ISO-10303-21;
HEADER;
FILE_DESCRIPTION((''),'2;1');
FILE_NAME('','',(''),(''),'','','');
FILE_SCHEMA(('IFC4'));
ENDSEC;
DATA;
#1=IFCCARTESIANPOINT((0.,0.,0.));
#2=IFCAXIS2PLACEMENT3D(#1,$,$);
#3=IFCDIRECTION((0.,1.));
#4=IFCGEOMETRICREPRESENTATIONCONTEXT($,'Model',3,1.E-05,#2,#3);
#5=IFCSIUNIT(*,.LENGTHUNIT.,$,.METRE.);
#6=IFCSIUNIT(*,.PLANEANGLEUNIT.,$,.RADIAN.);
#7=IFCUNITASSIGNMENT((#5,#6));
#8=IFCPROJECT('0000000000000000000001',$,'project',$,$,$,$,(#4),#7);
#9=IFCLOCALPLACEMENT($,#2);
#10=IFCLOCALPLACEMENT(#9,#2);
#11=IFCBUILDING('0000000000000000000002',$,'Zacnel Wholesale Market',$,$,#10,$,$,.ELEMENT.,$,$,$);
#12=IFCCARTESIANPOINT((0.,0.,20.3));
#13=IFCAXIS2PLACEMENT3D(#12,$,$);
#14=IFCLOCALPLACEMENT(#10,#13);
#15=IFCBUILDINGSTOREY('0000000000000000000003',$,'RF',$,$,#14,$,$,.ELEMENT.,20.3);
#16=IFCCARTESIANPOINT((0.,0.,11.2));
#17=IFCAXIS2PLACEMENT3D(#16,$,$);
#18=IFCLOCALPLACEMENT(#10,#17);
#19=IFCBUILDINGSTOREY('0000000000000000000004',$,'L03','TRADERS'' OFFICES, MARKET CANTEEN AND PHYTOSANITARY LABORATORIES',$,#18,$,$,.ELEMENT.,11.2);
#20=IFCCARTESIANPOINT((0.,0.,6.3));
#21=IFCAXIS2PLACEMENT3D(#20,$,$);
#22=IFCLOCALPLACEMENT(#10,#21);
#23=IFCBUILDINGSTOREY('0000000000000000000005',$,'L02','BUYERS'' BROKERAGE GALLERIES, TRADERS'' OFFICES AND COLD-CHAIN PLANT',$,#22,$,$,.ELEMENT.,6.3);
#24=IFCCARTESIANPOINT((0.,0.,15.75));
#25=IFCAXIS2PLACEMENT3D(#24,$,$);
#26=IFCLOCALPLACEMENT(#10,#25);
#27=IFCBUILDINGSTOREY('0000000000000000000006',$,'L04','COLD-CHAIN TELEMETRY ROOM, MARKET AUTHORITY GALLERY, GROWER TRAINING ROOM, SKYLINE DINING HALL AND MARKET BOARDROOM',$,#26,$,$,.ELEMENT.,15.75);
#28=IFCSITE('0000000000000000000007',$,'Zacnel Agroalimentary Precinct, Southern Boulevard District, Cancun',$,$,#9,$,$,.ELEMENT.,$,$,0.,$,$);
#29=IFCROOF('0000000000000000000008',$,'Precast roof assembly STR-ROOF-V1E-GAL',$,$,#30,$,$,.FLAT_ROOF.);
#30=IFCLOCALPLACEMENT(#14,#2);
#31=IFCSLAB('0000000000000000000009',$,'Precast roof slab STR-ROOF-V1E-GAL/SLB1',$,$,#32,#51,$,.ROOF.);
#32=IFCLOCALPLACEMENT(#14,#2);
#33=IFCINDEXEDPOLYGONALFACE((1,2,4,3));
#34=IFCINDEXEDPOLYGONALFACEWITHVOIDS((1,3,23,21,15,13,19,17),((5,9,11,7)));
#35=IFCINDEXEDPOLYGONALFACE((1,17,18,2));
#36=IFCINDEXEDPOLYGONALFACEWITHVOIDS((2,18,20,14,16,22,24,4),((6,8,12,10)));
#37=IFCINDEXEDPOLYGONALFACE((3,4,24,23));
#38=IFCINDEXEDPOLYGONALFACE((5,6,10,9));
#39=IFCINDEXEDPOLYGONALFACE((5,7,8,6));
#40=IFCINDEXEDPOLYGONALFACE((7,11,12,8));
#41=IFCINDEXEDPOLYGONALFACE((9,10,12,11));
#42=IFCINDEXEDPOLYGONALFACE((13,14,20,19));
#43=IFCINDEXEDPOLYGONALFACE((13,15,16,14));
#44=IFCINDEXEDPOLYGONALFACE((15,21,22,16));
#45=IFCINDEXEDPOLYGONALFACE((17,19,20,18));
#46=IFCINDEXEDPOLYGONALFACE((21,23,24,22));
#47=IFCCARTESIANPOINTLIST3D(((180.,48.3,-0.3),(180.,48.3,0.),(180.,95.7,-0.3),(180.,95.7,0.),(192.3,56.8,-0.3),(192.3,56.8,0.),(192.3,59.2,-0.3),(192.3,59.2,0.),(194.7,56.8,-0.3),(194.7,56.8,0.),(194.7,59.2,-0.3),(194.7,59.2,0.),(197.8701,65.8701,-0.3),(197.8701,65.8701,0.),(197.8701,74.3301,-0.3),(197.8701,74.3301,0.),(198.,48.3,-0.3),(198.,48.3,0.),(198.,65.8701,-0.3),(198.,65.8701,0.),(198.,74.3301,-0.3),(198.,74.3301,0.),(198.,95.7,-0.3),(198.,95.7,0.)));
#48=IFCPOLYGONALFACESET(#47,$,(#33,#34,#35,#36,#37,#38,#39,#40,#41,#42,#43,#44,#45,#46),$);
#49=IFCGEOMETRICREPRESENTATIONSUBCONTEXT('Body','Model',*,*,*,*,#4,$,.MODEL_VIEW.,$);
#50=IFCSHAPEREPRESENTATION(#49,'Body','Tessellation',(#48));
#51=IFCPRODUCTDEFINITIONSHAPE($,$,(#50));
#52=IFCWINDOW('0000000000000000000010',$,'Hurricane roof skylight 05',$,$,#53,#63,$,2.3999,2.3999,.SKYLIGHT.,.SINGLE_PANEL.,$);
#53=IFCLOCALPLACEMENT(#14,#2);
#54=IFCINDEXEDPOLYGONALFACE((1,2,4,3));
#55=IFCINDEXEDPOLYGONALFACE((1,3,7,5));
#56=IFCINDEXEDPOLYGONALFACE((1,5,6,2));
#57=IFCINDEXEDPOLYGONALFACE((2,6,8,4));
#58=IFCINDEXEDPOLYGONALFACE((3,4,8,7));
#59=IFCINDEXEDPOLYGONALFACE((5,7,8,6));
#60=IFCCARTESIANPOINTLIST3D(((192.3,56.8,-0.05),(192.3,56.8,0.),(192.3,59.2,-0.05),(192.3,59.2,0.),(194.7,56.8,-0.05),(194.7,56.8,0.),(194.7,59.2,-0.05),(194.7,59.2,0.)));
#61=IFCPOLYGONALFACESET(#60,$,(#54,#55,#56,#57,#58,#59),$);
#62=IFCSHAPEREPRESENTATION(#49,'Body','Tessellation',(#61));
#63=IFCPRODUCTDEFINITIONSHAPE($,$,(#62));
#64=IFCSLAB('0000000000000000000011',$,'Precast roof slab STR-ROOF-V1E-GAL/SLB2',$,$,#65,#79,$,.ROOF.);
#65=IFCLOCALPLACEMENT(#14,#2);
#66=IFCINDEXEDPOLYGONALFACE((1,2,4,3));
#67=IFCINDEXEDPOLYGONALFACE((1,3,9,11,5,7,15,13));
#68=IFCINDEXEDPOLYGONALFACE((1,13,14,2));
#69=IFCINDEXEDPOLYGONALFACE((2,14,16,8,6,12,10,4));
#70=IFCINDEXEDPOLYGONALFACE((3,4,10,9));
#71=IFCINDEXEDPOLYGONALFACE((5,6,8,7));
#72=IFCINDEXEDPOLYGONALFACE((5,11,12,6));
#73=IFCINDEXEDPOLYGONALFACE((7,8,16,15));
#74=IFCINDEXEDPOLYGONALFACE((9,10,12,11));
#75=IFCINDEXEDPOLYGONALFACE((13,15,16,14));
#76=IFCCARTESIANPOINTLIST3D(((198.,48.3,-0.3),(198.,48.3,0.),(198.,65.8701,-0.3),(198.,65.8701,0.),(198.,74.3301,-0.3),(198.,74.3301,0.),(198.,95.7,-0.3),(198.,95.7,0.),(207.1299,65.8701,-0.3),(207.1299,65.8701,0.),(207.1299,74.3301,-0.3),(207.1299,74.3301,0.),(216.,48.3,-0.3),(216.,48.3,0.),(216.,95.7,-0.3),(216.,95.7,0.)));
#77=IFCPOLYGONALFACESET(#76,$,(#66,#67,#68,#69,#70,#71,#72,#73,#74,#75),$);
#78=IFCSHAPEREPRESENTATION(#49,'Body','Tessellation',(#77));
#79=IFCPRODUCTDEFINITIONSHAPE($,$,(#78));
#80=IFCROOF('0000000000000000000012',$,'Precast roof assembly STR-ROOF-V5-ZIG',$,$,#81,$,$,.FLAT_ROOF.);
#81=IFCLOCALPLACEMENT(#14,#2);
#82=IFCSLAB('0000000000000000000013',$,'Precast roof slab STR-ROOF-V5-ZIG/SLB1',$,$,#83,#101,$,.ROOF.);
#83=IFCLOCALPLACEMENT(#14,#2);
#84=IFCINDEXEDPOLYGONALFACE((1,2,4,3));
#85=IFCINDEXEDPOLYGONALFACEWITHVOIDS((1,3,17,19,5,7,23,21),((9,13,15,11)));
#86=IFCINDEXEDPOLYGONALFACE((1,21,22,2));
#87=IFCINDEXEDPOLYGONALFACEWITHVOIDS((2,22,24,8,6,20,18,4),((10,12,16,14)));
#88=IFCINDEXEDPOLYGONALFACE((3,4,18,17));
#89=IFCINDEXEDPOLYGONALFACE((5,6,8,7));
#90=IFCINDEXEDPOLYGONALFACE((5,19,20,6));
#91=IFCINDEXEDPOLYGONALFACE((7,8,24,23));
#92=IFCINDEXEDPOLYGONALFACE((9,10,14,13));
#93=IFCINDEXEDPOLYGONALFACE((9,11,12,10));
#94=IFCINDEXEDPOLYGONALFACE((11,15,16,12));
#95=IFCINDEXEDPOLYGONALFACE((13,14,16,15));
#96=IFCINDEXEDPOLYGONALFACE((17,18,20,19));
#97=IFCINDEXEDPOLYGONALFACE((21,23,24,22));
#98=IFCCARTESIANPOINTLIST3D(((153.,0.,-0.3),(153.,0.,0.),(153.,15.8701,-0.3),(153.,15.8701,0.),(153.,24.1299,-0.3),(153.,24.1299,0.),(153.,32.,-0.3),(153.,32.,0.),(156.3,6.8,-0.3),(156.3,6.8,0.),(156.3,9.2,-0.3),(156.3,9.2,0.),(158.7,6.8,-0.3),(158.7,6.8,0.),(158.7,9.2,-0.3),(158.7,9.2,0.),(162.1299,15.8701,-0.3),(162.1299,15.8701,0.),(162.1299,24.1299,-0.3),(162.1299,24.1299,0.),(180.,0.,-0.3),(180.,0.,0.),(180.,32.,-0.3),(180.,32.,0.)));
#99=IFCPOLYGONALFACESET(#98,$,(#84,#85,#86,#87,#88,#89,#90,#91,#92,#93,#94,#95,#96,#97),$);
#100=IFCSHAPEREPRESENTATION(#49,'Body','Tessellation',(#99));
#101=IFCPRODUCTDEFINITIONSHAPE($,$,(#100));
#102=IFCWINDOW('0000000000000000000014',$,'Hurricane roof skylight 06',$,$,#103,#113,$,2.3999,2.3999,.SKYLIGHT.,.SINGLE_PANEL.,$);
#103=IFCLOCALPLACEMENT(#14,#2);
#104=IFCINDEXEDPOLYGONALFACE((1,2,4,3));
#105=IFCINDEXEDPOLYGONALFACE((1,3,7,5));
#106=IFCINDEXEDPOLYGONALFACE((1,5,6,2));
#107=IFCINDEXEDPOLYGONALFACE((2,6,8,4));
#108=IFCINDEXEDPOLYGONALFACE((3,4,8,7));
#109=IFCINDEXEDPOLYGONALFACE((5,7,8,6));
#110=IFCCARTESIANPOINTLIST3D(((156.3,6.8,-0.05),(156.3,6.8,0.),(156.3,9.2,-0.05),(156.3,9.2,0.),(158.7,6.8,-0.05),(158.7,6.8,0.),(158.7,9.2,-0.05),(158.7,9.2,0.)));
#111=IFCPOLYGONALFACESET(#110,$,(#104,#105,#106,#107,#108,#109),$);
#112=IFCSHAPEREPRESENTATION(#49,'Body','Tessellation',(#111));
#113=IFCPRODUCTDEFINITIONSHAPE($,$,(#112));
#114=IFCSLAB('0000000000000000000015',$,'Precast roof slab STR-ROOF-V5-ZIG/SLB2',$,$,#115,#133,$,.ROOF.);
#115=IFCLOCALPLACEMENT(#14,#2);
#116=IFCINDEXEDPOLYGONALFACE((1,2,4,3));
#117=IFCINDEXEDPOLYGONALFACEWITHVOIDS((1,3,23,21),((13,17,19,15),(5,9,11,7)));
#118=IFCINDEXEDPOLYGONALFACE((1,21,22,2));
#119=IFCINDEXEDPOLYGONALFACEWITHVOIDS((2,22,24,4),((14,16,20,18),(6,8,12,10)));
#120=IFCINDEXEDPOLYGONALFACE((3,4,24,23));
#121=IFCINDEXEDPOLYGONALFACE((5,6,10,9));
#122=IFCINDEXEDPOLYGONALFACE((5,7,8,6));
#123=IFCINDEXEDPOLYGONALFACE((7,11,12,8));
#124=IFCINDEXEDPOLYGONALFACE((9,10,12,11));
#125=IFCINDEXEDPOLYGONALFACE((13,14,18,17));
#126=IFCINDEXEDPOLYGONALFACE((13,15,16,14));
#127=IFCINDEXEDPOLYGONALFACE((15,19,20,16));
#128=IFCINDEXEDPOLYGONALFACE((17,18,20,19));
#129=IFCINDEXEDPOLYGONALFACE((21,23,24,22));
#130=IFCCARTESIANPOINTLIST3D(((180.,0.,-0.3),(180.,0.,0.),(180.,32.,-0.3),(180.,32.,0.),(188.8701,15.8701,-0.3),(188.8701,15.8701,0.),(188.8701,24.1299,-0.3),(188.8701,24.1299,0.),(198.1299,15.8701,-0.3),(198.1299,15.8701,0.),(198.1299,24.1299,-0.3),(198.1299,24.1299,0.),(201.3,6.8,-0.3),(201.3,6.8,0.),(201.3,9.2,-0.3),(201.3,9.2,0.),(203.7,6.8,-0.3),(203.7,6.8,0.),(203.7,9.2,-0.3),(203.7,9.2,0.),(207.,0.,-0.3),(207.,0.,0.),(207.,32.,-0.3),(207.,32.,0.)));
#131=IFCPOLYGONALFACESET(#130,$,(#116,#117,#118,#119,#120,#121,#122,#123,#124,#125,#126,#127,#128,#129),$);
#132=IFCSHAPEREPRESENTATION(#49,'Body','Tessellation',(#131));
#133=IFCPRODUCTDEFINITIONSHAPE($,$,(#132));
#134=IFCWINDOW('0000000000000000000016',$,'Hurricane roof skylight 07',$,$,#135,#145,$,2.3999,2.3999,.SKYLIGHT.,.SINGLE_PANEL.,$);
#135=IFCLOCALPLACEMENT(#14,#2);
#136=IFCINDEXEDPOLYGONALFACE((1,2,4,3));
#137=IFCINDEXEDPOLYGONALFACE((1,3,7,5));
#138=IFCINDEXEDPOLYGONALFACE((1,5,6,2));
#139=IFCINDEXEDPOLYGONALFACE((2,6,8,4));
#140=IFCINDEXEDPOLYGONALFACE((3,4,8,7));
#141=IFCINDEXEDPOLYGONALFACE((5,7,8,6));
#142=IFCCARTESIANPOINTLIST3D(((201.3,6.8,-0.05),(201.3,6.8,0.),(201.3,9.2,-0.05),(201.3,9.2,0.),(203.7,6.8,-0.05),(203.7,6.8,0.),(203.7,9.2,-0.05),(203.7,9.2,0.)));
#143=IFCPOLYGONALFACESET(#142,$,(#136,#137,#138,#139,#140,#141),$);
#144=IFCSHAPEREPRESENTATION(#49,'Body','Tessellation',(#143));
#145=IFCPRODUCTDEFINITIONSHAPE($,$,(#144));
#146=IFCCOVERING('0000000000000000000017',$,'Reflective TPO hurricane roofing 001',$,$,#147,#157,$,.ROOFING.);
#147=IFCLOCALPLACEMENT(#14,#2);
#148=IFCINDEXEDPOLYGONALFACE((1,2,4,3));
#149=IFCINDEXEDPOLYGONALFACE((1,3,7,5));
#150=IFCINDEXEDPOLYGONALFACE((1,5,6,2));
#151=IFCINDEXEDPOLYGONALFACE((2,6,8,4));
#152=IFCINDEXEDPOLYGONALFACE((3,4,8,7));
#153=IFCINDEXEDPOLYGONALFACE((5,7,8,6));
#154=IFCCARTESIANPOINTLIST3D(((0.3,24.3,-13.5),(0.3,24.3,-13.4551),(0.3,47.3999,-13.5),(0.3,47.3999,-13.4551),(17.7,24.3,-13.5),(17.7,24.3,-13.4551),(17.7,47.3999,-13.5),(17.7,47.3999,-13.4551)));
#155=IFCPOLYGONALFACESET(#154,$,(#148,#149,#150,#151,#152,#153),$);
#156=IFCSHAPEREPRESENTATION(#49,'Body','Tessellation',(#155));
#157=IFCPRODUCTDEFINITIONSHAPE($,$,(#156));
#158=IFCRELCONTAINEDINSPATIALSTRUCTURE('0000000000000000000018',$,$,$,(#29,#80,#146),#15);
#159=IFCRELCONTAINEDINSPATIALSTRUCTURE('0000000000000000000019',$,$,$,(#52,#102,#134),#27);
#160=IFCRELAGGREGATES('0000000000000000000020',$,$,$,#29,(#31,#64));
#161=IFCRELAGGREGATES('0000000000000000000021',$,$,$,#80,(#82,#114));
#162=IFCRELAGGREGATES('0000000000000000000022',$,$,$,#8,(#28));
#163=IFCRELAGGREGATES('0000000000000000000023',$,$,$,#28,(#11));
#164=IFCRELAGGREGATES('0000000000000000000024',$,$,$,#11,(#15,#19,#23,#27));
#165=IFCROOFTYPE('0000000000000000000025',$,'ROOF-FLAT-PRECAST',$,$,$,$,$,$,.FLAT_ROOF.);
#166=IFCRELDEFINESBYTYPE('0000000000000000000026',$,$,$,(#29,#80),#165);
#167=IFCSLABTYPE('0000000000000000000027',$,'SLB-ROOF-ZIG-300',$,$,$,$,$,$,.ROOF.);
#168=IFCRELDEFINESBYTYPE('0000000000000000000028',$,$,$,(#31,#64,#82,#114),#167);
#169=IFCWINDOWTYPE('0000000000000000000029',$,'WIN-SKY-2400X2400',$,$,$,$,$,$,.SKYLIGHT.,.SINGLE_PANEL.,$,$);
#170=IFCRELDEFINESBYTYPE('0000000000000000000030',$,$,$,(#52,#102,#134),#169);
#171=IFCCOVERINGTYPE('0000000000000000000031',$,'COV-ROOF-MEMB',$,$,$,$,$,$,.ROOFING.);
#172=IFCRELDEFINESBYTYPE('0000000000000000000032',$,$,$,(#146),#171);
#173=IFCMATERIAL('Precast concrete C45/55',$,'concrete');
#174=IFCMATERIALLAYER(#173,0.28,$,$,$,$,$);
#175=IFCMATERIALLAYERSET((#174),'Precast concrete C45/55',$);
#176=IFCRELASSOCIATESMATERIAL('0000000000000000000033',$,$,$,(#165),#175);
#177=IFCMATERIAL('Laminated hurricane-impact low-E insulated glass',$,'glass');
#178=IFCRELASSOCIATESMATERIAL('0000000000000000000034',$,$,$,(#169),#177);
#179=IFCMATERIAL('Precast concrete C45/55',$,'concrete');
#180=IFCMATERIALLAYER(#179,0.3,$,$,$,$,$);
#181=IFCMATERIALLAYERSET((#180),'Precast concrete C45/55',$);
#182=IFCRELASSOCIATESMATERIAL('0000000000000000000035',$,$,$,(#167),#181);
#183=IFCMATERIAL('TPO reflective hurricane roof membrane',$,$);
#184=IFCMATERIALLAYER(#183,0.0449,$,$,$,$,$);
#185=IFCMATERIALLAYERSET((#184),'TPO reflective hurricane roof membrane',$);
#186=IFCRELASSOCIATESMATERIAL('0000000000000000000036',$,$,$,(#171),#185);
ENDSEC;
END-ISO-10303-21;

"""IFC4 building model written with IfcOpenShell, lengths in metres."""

from ifc_helpers import new_model, si_unit, direction, frame, origin, origin_2d, place, context, subcontext, project, spatial, polyline, rectangle, outline, extrude, material, layer, layer_set, type_object, element, fill, aggregate, save


model = new_model("IFC4")

# Units and contexts
model_context = context("Model", 3, precision=1e-05, world=origin(), true_north=direction((0.0, 1.0)))
body_context = subcontext(model_context, "Body", "Model", "MODEL_VIEW")
ifc_project = project(units=[si_unit("LENGTHUNIT", "METRE"), si_unit("PLANEANGLEUNIT", "RADIAN")], contexts=[model_context])

# Site, building, storey
site_placement = place(None, origin())
site = spatial("IfcSite", under=ifc_project, at=site_placement, Name="Zacnel Agroalimentary Precinct, Southern Boulevard District, Cancun", CompositionType="ELEMENT", RefElevation=0.0)
building_placement = place(site_placement, origin())
building = spatial("IfcBuilding", under=site, at=building_placement, Name="Zacnel Wholesale Market", CompositionType="ELEMENT")
storey_1_placement = place(building_placement, frame((0.0, 0.0, 20.3)))
storey_1 = spatial("IfcBuildingStorey", under=building, at=storey_1_placement, Name="RF", CompositionType="ELEMENT", Elevation=20.3)

# Shared definitions
ifc_material_1 = material(Name="Precast concrete C45/55", Category="concrete")
ifc_layer_1 = layer(ifc_material_1, 0.28)
ifc_layer_set_1 = layer_set([ifc_layer_1], Name="Precast concrete C45/55")
roof_type = type_object("IfcRoofType", Name="ROOF-FLAT-PRECAST", PredefinedType="FLAT_ROOF", material=ifc_layer_set_1)

# Shared definitions
storey_2_placement = place(building_placement, frame((0.0, 0.0, 11.2)))
storey_2 = spatial("IfcBuildingStorey", under=building, at=storey_2_placement, Name="L03", Description="TRADERS' OFFICES, MARKET CANTEEN AND PHYTOSANITARY LABORATORIES", CompositionType="ELEMENT", Elevation=11.2)

# Shared definitions
ifc_material_2 = material(Name="Laminated hurricane-impact low-E insulated glass", Category="glass")
window_type_1 = type_object("IfcWindowType", Name="WIN-SKY-2400X2400", PartitioningType="SINGLE_PANEL", PredefinedType="SKYLIGHT", material=ifc_material_2)

# Shared definitions
storey_3_placement = place(building_placement, frame((0.0, 0.0, 6.3)))
storey_3 = spatial("IfcBuildingStorey", under=building, at=storey_3_placement, Name="L02", Description="BUYERS' BROKERAGE GALLERIES, TRADERS' OFFICES AND COLD-CHAIN PLANT", CompositionType="ELEMENT", Elevation=6.3)

# Shared definitions
ifc_material_3 = material(Name="Precast concrete C45/55", Category="concrete")
ifc_layer_2 = layer(ifc_material_3, 0.3)
ifc_layer_set_2 = layer_set([ifc_layer_2], Name="Precast concrete C45/55")
slab_type_1 = type_object("IfcSlabType", Name="SLB-ROOF-ZIG-300", PredefinedType="ROOF", material=ifc_layer_set_2)

# Roof, slab, opening
roof_1_placement = place(storey_1_placement, origin())
roof_1 = element("IfcRoof", 1, at=roof_1_placement, inside=storey_1, type_object=roof_type, Name="Precast roof assembly STR-ROOF-V1E-GAL", PredefinedType="FLAT_ROOF")
slab_1_placement = place(storey_1_placement, frame((0.0, 0.0, -0.3)))
slab_1 = element("IfcSlab", 2, at=slab_1_placement, type_object=slab_type_1, Name="Precast roof slab STR-ROOF-V1E-GAL/SLB1", PredefinedType="ROOF", context=body_context, shape_type="SweptSolid", body=[
    extrude(outline(polyline([(180.0, 95.7), (198.0, 95.7), (198.0, 74.3301), (197.8701, 74.3301), (197.8701, 65.8701), (198.0, 65.8701), (198.0, 48.3), (180.0, 48.3), (180.0, 95.7)])), origin(), (0.0, 0.0, 1.0), 0.3),
])
opening_1_placement = place(slab_1_placement, frame((193.5, 58.0, 0.0)))
opening_1 = element("IfcOpeningElement", 3, at=opening_1_placement, cuts=slab_1, PredefinedType="OPENING", context=body_context, shape_type="SweptSolid", body=[
    extrude(rectangle(XDim=2.3999, YDim=2.3999, at=origin_2d()), frame((0.0, 0.0, -0.01)), (0.0, 0.0, 1.0), 0.3201),
])

# Shared definitions
storey_4_placement = place(building_placement, frame((0.0, 0.0, 15.75)))
storey_4 = spatial("IfcBuildingStorey", under=building, at=storey_4_placement, Name="L04", Description="COLD-CHAIN TELEMETRY ROOM, MARKET AUTHORITY GALLERY, GROWER TRAINING ROOM, SKYLINE DINING HALL AND MARKET BOARDROOM", CompositionType="ELEMENT", Elevation=15.75)

# Window
window_1_placement = place(opening_1_placement, frame((0.0, 0.0, 0.25)))
window_1 = element("IfcWindow", 4, at=window_1_placement, inside=storey_4, type_object=window_type_1, Name="Hurricane roof skylight 05", OverallHeight=2.3999, OverallWidth=2.3999, PartitioningType="SINGLE_PANEL", PredefinedType="SKYLIGHT", context=body_context, shape_type="SweptSolid", body=[
    extrude(rectangle(XDim=2.3999, YDim=2.3999, at=origin_2d()), origin(), (0.0, 0.0, 1.0), 0.05),
])
fill(opening_1, window_1)

# Slab
slab_2_placement = place(storey_1_placement, frame((0.0, 0.0, -0.3)))
slab_2 = element("IfcSlab", 5, at=slab_2_placement, type_object=slab_type_1, Name="Precast roof slab STR-ROOF-V1E-GAL/SLB2", PredefinedType="ROOF", context=body_context, shape_type="SweptSolid", body=[
    extrude(outline(polyline([(216.0, 95.7), (216.0, 48.3), (198.0, 48.3), (198.0, 65.8701), (207.1299, 65.8701), (207.1299, 74.3301), (198.0, 74.3301), (198.0, 95.7), (216.0, 95.7)])), origin(), (0.0, 0.0, 1.0), 0.3),
])
aggregate(roof_1, [slab_1, slab_2])

# Roof, slabs, openings, windows
roof_2_placement = place(storey_1_placement, origin())
roof_2 = element("IfcRoof", 6, at=roof_2_placement, inside=storey_1, type_object=roof_type, Name="Precast roof assembly STR-ROOF-V5-ZIG", PredefinedType="FLAT_ROOF")
slab_3_placement = place(storey_1_placement, frame((0.0, 0.0, -0.3)))
slab_3 = element("IfcSlab", 7, at=slab_3_placement, type_object=slab_type_1, Name="Precast roof slab STR-ROOF-V5-ZIG/SLB1", PredefinedType="ROOF", context=body_context, shape_type="SweptSolid", body=[
    extrude(outline(polyline([(153.0, 0.0), (153.0, 15.8701), (162.1299, 15.8701), (162.1299, 24.1299), (153.0, 24.1299), (153.0, 32.0), (180.0, 32.0), (180.0, 0.0), (153.0, 0.0)])), origin(), (0.0, 0.0, 1.0), 0.3),
])
opening_2_placement = place(slab_3_placement, frame((157.5, 8.0, 0.0)))
opening_2 = element("IfcOpeningElement", 8, at=opening_2_placement, cuts=slab_3, PredefinedType="OPENING", context=body_context, shape_type="SweptSolid", body=[
    extrude(rectangle(XDim=2.3999, YDim=2.3999, at=origin_2d()), frame((0.0, 0.0, -0.01)), (0.0, 0.0, 1.0), 0.3201),
])
window_2_placement = place(opening_2_placement, frame((0.0, 0.0, 0.25)))
window_2 = element("IfcWindow", 9, at=window_2_placement, inside=storey_4, type_object=window_type_1, Name="Hurricane roof skylight 06", OverallHeight=2.3999, OverallWidth=2.3999, PartitioningType="SINGLE_PANEL", PredefinedType="SKYLIGHT", context=body_context, shape_type="SweptSolid", body=[
    extrude(rectangle(XDim=2.3999, YDim=2.3999, at=origin_2d()), origin(), (0.0, 0.0, 1.0), 0.05),
])
fill(opening_2, window_2)
slab_4_placement = place(storey_1_placement, frame((0.0, 0.0, -0.3)))
slab_4 = element("IfcSlab", 10, at=slab_4_placement, type_object=slab_type_1, Name="Precast roof slab STR-ROOF-V5-ZIG/SLB2", PredefinedType="ROOF", context=body_context, shape_type="SweptSolid", body=[
    extrude(outline(polyline([(207.0, 0.0), (180.0, 0.0), (180.0, 32.0), (207.0, 32.0), (207.0, 0.0)]), holes=[polyline([(188.8701, 24.1299), (188.8701, 15.8701), (198.1299, 15.8701), (198.1299, 24.1299), (188.8701, 24.1299)])]), origin(), (0.0, 0.0, 1.0), 0.3),
])
opening_3_placement = place(slab_4_placement, frame((202.5, 8.0, 0.0)))
opening_3 = element("IfcOpeningElement", 11, at=opening_3_placement, cuts=slab_4, PredefinedType="OPENING", context=body_context, shape_type="SweptSolid", body=[
    extrude(rectangle(XDim=2.3999, YDim=2.3999, at=origin_2d()), frame((0.0, 0.0, -0.01)), (0.0, 0.0, 1.0), 0.3201),
])
window_3_placement = place(opening_3_placement, frame((0.0, 0.0, 0.25)))
window_3 = element("IfcWindow", 12, at=window_3_placement, inside=storey_4, type_object=window_type_1, Name="Hurricane roof skylight 07", OverallHeight=2.3999, OverallWidth=2.3999, PartitioningType="SINGLE_PANEL", PredefinedType="SKYLIGHT", context=body_context, shape_type="SweptSolid", body=[
    extrude(rectangle(XDim=2.3999, YDim=2.3999, at=origin_2d()), origin(), (0.0, 0.0, 1.0), 0.05),
])
fill(opening_3, window_3)
aggregate(roof_2, [slab_3, slab_4])

# Covering
ifc_material_4 = material(Name="TPO reflective hurricane roof membrane")
ifc_layer_3 = layer(ifc_material_4, 0.0449)
ifc_layer_set_3 = layer_set([ifc_layer_3], Name="TPO reflective hurricane roof membrane")
covering_type = type_object("IfcCoveringType", Name="COV-ROOF-MEMB", PredefinedType="ROOFING", material=ifc_layer_set_3)
covering_placement = place(storey_1_placement, frame((0.0, 0.0, -13.5)))
element("IfcCovering", 13, at=covering_placement, inside=storey_1, type_object=covering_type, Name="Reflective TPO hurricane roofing 001", PredefinedType="ROOFING", context=body_context, shape_type="SweptSolid", body=[
    extrude(outline(polyline([(0.3, 24.3), (17.7, 24.3), (17.7, 47.3999), (0.3, 47.3999), (0.3, 24.3)])), origin(), (0.0, 0.0, 1.0), 0.0449),
])

save(model, "model.ifc")
